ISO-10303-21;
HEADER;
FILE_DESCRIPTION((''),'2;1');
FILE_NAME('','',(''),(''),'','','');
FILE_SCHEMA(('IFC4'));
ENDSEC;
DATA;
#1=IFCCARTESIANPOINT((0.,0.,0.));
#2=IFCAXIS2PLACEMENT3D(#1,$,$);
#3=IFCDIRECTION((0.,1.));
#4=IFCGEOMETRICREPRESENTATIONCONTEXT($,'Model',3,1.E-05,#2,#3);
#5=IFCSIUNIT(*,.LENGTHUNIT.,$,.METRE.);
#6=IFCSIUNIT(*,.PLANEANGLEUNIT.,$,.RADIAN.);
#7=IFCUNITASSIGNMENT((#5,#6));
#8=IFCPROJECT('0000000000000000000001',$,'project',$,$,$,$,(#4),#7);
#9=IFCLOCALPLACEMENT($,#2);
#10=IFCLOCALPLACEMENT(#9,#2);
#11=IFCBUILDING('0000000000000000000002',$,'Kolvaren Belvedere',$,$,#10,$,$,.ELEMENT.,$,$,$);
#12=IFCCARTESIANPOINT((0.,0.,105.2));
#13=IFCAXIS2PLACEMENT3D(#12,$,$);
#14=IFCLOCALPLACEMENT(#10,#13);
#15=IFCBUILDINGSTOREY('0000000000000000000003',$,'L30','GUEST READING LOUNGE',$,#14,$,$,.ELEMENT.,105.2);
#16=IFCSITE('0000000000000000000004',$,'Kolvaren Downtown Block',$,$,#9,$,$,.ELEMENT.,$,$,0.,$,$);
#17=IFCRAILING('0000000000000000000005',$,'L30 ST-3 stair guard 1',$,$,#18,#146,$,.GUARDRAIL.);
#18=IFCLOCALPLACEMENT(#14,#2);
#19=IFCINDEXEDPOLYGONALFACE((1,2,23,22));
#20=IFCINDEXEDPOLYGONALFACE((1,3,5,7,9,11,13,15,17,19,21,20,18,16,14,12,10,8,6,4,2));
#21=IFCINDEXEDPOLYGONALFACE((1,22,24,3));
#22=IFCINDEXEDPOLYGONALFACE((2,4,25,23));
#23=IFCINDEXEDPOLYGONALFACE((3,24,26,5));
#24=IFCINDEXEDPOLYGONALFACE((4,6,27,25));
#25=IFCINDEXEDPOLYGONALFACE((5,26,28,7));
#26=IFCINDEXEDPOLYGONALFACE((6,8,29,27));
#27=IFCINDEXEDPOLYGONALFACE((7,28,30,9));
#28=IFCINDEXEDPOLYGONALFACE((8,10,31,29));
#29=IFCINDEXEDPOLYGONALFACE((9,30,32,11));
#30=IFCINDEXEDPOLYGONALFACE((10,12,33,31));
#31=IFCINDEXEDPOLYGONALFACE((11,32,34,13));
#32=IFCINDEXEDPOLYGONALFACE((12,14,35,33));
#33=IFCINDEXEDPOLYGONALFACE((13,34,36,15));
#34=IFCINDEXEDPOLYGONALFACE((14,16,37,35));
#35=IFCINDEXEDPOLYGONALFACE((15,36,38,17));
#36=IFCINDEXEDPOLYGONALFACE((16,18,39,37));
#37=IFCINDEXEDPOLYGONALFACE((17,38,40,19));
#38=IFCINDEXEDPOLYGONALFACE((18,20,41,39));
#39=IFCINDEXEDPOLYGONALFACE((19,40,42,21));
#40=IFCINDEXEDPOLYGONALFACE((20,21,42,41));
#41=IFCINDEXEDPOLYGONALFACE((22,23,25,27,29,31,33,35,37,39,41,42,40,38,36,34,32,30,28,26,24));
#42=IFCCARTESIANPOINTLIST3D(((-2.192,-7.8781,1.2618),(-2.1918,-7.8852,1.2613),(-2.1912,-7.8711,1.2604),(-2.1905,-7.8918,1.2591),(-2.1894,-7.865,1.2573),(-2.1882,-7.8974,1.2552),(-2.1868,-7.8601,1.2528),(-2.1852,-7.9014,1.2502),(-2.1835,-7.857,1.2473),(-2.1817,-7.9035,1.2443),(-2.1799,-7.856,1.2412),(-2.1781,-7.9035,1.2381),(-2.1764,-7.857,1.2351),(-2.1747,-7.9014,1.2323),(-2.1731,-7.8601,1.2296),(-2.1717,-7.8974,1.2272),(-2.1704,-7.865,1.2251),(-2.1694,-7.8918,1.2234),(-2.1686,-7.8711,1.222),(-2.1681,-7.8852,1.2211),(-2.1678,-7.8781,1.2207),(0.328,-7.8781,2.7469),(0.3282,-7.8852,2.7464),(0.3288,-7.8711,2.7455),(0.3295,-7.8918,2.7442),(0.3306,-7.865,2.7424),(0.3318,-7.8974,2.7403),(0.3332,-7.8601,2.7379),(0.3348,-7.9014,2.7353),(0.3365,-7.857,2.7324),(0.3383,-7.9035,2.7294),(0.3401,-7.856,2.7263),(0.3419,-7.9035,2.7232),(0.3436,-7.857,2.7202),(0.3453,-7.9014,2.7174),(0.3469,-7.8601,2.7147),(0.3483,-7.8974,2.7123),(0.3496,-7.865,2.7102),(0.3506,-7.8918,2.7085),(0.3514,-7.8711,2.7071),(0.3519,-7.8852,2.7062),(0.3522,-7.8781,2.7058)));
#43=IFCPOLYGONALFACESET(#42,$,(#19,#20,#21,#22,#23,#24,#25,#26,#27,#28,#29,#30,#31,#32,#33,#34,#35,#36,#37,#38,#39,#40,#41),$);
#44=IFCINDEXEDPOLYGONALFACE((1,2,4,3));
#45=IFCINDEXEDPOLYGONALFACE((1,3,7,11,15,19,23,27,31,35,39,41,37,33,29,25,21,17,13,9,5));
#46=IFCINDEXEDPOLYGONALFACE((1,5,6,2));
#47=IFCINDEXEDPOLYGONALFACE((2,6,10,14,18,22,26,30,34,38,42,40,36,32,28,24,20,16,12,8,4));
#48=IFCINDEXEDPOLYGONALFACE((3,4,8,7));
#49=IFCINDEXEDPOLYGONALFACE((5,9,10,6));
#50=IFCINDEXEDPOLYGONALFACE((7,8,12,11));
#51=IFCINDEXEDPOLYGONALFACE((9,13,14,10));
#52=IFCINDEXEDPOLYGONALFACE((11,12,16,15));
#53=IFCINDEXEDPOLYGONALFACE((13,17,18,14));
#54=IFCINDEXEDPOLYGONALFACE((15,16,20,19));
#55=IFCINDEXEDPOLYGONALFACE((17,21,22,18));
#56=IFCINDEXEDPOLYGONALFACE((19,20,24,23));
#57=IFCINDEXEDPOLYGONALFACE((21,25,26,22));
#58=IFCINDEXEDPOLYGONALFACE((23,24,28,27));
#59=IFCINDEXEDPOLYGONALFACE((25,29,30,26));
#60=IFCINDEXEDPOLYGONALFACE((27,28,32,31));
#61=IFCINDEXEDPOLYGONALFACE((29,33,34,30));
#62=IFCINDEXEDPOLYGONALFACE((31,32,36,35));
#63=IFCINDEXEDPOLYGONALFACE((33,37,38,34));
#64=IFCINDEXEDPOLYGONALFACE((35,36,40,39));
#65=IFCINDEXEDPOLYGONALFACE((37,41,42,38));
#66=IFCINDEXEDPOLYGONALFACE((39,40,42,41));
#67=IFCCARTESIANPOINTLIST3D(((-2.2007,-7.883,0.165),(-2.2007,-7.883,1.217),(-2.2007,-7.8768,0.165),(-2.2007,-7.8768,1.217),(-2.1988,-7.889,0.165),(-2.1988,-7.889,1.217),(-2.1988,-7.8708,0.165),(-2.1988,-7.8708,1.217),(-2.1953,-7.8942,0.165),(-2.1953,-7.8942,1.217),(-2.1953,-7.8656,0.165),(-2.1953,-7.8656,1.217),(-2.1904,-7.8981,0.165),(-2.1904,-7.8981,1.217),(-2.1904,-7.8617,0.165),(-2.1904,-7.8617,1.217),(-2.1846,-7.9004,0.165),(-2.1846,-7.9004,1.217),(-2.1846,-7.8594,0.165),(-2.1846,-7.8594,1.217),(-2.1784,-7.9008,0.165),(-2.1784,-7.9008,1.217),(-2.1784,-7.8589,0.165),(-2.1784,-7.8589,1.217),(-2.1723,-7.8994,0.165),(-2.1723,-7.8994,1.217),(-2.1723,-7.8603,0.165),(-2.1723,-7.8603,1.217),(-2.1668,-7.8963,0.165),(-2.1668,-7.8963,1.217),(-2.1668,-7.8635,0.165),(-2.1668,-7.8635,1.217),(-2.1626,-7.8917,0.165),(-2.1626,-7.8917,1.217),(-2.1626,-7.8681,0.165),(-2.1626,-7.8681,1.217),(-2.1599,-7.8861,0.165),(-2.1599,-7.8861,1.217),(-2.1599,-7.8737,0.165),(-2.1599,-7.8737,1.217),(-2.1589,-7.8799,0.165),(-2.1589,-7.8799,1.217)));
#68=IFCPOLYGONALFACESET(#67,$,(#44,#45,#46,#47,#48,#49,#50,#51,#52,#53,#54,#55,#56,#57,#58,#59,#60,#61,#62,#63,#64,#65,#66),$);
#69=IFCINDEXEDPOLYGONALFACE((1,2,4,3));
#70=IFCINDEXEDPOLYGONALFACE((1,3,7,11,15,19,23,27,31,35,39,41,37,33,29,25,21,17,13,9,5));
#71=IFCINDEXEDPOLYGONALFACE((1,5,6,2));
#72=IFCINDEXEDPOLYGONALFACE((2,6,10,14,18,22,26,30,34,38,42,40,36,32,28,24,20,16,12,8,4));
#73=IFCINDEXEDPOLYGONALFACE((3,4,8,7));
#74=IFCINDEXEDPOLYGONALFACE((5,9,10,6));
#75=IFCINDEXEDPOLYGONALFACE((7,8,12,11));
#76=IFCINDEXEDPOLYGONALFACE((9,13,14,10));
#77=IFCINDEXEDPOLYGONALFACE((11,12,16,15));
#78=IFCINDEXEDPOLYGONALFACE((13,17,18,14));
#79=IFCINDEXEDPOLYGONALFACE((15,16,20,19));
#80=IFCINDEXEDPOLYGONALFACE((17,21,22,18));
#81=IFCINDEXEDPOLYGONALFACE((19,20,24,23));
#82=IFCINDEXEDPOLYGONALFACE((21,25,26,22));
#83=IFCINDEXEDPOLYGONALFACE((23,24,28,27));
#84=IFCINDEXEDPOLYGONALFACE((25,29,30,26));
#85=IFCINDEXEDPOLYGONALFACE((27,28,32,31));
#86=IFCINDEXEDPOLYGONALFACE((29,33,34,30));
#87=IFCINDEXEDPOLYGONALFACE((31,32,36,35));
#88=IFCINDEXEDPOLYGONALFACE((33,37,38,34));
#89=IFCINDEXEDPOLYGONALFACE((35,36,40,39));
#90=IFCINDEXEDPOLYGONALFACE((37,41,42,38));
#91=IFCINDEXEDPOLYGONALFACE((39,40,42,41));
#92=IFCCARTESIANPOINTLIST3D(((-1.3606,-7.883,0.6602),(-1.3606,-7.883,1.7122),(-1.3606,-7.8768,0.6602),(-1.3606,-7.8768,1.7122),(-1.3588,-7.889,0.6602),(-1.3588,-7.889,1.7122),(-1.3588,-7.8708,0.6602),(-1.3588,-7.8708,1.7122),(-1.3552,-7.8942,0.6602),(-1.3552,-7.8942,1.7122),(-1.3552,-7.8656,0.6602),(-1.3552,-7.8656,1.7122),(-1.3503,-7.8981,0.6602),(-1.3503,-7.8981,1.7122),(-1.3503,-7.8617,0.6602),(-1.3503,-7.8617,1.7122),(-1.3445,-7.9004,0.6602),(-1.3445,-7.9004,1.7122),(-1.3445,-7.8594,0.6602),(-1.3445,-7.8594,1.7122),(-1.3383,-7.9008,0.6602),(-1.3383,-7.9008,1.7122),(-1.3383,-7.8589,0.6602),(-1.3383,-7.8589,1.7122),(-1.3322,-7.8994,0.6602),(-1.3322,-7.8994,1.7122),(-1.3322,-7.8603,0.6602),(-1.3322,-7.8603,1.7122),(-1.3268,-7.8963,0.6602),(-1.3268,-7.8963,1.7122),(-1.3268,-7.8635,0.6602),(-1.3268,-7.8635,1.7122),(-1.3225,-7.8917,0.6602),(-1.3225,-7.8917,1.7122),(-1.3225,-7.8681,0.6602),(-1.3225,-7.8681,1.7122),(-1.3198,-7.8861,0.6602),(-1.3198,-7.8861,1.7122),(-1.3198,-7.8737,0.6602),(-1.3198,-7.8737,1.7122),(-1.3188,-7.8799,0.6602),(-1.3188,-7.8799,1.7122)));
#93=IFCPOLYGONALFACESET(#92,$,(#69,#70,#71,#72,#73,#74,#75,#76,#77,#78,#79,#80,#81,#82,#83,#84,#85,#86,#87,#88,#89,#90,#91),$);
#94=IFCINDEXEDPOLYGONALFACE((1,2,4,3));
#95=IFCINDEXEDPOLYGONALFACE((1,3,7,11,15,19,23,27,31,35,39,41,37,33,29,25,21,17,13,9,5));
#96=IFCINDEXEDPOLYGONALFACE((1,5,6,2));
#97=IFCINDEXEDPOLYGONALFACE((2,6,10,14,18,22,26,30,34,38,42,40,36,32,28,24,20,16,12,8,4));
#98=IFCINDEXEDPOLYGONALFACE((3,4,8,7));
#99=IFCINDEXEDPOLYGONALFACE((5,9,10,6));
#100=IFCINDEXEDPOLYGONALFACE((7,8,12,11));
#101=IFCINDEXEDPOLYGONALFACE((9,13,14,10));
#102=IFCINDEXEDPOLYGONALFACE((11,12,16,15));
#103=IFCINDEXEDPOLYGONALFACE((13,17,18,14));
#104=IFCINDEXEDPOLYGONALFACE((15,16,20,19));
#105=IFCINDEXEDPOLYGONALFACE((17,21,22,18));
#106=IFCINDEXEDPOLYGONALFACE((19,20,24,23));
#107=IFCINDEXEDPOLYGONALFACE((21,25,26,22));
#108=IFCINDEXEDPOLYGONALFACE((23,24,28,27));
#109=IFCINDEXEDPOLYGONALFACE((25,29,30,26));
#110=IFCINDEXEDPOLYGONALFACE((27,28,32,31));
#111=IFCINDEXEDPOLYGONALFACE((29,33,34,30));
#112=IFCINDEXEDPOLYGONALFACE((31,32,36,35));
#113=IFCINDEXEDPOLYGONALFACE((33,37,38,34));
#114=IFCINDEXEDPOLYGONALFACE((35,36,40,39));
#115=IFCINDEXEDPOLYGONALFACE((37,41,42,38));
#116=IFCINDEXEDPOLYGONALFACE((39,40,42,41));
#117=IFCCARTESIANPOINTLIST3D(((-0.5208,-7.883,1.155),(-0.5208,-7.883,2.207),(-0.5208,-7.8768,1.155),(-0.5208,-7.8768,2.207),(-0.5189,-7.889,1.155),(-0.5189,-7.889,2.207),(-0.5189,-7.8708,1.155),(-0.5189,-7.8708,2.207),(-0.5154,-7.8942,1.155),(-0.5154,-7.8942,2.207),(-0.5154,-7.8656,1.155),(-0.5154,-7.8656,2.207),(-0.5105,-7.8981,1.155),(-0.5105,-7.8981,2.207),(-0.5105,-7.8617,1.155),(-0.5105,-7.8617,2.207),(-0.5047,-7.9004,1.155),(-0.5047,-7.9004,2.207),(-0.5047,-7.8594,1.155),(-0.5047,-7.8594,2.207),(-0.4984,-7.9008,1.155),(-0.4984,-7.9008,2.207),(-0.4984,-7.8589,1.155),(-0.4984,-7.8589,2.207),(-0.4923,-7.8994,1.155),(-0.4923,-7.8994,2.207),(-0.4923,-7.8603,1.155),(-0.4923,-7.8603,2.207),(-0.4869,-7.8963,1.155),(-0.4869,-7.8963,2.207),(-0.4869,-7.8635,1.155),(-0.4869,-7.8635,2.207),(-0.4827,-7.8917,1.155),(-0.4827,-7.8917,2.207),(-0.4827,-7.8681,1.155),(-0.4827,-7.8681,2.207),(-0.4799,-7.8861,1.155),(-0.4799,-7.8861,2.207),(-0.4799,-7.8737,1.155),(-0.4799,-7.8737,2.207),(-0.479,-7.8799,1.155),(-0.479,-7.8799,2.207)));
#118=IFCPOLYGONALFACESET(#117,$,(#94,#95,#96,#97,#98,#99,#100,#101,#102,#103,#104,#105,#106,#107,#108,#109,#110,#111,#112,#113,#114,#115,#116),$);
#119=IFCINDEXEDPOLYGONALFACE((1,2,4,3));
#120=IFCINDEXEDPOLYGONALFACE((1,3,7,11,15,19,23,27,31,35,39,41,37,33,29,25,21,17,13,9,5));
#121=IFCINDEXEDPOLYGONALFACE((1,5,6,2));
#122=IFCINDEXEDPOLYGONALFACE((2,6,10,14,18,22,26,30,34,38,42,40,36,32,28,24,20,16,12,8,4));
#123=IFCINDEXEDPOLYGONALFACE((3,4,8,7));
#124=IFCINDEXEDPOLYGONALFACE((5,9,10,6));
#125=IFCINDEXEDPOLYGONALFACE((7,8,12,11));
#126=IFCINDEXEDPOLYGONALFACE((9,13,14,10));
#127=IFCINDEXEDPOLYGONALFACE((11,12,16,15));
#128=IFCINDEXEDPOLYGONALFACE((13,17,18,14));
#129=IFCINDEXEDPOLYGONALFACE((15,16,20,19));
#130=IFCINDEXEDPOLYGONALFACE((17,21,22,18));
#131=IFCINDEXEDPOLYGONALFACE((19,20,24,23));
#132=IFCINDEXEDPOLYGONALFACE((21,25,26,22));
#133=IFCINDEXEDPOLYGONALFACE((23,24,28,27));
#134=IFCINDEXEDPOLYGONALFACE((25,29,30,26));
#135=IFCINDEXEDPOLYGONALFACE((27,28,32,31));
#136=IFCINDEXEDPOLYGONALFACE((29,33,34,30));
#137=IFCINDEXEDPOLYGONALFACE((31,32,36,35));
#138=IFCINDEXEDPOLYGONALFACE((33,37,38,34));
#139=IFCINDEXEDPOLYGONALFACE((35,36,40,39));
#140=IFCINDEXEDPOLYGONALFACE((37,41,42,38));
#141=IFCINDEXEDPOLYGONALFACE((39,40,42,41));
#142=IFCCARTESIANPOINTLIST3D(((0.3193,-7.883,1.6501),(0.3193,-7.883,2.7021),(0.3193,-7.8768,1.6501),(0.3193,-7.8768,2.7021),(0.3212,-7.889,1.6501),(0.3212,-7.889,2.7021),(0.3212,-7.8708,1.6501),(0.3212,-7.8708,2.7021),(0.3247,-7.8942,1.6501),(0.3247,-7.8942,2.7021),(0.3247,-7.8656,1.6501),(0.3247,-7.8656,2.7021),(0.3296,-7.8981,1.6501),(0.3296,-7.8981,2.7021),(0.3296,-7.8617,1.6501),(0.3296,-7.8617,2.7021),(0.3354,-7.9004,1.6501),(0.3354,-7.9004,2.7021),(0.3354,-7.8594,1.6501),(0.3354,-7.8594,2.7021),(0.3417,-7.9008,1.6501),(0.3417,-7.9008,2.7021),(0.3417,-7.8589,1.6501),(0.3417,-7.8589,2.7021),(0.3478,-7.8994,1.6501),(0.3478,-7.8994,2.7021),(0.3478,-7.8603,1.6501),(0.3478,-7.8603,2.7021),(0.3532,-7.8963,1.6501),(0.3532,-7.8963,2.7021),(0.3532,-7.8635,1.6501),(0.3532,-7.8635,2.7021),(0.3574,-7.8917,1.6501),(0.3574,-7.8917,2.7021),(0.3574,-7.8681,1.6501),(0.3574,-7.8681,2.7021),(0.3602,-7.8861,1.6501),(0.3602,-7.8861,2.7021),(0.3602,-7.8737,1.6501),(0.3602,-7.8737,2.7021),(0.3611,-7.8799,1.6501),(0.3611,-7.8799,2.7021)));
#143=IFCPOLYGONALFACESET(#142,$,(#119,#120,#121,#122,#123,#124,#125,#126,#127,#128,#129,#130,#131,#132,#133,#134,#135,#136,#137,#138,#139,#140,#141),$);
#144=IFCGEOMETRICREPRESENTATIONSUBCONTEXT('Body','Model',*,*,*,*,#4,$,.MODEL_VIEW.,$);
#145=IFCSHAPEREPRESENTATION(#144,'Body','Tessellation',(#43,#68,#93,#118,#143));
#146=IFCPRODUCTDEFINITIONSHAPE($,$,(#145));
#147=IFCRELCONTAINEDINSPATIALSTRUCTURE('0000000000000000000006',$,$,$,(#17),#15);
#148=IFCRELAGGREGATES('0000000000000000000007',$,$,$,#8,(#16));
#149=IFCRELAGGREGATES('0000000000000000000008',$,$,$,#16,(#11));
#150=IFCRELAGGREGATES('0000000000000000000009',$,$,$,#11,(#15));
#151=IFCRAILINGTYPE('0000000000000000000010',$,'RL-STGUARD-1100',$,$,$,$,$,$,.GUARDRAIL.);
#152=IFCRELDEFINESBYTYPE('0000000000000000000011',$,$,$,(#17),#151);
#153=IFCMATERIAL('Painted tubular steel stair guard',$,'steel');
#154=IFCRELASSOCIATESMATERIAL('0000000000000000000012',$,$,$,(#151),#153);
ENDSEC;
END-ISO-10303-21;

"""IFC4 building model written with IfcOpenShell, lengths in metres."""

from ifc_helpers import new_model, si_unit, direction, frame, origin, origin_2d, place, context, subcontext, project, spatial, circle, extrude, material, type_object, element, save


model = new_model("IFC4")

# Units and contexts
model_context = context("Model", 3, precision=1e-05, world=origin(), true_north=direction((0.0, 1.0)))
body_context = subcontext(model_context, "Body", "Model", "MODEL_VIEW")
ifc_project = project(units=[si_unit("LENGTHUNIT", "METRE"), si_unit("PLANEANGLEUNIT", "RADIAN")], contexts=[model_context])

# Site, building, storey
site_placement = place(None, origin())
site = spatial("IfcSite", under=ifc_project, at=site_placement, Name="Kolvaren Downtown Block", CompositionType="ELEMENT", RefElevation=0.0)
building_placement = place(site_placement, origin())
building = spatial("IfcBuilding", under=site, at=building_placement, Name="Kolvaren Belvedere", CompositionType="ELEMENT")
storey_placement = place(building_placement, frame((0.0, 0.0, 105.2)))
storey = spatial("IfcBuildingStorey", under=building, at=storey_placement, Name="L30", Description="GUEST READING LOUNGE", CompositionType="ELEMENT", Elevation=105.2)

# Railing
ifc_material_1 = material(Name="Painted tubular steel stair guard", Category="steel")
railing_type_1 = type_object("IfcRailingType", Name="RL-STGUARD-1100", PredefinedType="GUARDRAIL", material=ifc_material_1)
railing_1_placement = place(storey_placement, frame((-2.1799, -7.8799, 0.165)))
element("IfcRailing", 1, at=railing_1_placement, inside=storey, type_object=railing_type_1, Name="L30 ST-3 stair guard 1", PredefinedType="GUARDRAIL", context=body_context, shape_type="SweptSolid", body=[
    extrude(circle(Radius=0.0239, at=origin_2d()), frame((0.0, 0.0, 1.0762), z_axis=(0.861524, 0.0, 0.507717), x_axis=(0.0, 1.0, 0.0)), (0.0, 0.0, 1.0), 2.925),
    extrude(circle(Radius=0.021, at=origin_2d()), origin(), (0.0, 0.0, 1.0), 1.052),
    extrude(circle(Radius=0.021, at=origin_2d()), frame((0.8401, 0.0, 0.4951)), (0.0, 0.0, 1.0), 1.052),
    extrude(circle(Radius=0.021, at=origin_2d()), frame((1.6799, 0.0, 0.99)), (0.0, 0.0, 1.0), 1.052),
    extrude(circle(Radius=0.021, at=origin_2d()), frame((2.52, 0.0, 1.4851)), (0.0, 0.0, 1.0), 1.052),
])

save(model, "model.ifc")
